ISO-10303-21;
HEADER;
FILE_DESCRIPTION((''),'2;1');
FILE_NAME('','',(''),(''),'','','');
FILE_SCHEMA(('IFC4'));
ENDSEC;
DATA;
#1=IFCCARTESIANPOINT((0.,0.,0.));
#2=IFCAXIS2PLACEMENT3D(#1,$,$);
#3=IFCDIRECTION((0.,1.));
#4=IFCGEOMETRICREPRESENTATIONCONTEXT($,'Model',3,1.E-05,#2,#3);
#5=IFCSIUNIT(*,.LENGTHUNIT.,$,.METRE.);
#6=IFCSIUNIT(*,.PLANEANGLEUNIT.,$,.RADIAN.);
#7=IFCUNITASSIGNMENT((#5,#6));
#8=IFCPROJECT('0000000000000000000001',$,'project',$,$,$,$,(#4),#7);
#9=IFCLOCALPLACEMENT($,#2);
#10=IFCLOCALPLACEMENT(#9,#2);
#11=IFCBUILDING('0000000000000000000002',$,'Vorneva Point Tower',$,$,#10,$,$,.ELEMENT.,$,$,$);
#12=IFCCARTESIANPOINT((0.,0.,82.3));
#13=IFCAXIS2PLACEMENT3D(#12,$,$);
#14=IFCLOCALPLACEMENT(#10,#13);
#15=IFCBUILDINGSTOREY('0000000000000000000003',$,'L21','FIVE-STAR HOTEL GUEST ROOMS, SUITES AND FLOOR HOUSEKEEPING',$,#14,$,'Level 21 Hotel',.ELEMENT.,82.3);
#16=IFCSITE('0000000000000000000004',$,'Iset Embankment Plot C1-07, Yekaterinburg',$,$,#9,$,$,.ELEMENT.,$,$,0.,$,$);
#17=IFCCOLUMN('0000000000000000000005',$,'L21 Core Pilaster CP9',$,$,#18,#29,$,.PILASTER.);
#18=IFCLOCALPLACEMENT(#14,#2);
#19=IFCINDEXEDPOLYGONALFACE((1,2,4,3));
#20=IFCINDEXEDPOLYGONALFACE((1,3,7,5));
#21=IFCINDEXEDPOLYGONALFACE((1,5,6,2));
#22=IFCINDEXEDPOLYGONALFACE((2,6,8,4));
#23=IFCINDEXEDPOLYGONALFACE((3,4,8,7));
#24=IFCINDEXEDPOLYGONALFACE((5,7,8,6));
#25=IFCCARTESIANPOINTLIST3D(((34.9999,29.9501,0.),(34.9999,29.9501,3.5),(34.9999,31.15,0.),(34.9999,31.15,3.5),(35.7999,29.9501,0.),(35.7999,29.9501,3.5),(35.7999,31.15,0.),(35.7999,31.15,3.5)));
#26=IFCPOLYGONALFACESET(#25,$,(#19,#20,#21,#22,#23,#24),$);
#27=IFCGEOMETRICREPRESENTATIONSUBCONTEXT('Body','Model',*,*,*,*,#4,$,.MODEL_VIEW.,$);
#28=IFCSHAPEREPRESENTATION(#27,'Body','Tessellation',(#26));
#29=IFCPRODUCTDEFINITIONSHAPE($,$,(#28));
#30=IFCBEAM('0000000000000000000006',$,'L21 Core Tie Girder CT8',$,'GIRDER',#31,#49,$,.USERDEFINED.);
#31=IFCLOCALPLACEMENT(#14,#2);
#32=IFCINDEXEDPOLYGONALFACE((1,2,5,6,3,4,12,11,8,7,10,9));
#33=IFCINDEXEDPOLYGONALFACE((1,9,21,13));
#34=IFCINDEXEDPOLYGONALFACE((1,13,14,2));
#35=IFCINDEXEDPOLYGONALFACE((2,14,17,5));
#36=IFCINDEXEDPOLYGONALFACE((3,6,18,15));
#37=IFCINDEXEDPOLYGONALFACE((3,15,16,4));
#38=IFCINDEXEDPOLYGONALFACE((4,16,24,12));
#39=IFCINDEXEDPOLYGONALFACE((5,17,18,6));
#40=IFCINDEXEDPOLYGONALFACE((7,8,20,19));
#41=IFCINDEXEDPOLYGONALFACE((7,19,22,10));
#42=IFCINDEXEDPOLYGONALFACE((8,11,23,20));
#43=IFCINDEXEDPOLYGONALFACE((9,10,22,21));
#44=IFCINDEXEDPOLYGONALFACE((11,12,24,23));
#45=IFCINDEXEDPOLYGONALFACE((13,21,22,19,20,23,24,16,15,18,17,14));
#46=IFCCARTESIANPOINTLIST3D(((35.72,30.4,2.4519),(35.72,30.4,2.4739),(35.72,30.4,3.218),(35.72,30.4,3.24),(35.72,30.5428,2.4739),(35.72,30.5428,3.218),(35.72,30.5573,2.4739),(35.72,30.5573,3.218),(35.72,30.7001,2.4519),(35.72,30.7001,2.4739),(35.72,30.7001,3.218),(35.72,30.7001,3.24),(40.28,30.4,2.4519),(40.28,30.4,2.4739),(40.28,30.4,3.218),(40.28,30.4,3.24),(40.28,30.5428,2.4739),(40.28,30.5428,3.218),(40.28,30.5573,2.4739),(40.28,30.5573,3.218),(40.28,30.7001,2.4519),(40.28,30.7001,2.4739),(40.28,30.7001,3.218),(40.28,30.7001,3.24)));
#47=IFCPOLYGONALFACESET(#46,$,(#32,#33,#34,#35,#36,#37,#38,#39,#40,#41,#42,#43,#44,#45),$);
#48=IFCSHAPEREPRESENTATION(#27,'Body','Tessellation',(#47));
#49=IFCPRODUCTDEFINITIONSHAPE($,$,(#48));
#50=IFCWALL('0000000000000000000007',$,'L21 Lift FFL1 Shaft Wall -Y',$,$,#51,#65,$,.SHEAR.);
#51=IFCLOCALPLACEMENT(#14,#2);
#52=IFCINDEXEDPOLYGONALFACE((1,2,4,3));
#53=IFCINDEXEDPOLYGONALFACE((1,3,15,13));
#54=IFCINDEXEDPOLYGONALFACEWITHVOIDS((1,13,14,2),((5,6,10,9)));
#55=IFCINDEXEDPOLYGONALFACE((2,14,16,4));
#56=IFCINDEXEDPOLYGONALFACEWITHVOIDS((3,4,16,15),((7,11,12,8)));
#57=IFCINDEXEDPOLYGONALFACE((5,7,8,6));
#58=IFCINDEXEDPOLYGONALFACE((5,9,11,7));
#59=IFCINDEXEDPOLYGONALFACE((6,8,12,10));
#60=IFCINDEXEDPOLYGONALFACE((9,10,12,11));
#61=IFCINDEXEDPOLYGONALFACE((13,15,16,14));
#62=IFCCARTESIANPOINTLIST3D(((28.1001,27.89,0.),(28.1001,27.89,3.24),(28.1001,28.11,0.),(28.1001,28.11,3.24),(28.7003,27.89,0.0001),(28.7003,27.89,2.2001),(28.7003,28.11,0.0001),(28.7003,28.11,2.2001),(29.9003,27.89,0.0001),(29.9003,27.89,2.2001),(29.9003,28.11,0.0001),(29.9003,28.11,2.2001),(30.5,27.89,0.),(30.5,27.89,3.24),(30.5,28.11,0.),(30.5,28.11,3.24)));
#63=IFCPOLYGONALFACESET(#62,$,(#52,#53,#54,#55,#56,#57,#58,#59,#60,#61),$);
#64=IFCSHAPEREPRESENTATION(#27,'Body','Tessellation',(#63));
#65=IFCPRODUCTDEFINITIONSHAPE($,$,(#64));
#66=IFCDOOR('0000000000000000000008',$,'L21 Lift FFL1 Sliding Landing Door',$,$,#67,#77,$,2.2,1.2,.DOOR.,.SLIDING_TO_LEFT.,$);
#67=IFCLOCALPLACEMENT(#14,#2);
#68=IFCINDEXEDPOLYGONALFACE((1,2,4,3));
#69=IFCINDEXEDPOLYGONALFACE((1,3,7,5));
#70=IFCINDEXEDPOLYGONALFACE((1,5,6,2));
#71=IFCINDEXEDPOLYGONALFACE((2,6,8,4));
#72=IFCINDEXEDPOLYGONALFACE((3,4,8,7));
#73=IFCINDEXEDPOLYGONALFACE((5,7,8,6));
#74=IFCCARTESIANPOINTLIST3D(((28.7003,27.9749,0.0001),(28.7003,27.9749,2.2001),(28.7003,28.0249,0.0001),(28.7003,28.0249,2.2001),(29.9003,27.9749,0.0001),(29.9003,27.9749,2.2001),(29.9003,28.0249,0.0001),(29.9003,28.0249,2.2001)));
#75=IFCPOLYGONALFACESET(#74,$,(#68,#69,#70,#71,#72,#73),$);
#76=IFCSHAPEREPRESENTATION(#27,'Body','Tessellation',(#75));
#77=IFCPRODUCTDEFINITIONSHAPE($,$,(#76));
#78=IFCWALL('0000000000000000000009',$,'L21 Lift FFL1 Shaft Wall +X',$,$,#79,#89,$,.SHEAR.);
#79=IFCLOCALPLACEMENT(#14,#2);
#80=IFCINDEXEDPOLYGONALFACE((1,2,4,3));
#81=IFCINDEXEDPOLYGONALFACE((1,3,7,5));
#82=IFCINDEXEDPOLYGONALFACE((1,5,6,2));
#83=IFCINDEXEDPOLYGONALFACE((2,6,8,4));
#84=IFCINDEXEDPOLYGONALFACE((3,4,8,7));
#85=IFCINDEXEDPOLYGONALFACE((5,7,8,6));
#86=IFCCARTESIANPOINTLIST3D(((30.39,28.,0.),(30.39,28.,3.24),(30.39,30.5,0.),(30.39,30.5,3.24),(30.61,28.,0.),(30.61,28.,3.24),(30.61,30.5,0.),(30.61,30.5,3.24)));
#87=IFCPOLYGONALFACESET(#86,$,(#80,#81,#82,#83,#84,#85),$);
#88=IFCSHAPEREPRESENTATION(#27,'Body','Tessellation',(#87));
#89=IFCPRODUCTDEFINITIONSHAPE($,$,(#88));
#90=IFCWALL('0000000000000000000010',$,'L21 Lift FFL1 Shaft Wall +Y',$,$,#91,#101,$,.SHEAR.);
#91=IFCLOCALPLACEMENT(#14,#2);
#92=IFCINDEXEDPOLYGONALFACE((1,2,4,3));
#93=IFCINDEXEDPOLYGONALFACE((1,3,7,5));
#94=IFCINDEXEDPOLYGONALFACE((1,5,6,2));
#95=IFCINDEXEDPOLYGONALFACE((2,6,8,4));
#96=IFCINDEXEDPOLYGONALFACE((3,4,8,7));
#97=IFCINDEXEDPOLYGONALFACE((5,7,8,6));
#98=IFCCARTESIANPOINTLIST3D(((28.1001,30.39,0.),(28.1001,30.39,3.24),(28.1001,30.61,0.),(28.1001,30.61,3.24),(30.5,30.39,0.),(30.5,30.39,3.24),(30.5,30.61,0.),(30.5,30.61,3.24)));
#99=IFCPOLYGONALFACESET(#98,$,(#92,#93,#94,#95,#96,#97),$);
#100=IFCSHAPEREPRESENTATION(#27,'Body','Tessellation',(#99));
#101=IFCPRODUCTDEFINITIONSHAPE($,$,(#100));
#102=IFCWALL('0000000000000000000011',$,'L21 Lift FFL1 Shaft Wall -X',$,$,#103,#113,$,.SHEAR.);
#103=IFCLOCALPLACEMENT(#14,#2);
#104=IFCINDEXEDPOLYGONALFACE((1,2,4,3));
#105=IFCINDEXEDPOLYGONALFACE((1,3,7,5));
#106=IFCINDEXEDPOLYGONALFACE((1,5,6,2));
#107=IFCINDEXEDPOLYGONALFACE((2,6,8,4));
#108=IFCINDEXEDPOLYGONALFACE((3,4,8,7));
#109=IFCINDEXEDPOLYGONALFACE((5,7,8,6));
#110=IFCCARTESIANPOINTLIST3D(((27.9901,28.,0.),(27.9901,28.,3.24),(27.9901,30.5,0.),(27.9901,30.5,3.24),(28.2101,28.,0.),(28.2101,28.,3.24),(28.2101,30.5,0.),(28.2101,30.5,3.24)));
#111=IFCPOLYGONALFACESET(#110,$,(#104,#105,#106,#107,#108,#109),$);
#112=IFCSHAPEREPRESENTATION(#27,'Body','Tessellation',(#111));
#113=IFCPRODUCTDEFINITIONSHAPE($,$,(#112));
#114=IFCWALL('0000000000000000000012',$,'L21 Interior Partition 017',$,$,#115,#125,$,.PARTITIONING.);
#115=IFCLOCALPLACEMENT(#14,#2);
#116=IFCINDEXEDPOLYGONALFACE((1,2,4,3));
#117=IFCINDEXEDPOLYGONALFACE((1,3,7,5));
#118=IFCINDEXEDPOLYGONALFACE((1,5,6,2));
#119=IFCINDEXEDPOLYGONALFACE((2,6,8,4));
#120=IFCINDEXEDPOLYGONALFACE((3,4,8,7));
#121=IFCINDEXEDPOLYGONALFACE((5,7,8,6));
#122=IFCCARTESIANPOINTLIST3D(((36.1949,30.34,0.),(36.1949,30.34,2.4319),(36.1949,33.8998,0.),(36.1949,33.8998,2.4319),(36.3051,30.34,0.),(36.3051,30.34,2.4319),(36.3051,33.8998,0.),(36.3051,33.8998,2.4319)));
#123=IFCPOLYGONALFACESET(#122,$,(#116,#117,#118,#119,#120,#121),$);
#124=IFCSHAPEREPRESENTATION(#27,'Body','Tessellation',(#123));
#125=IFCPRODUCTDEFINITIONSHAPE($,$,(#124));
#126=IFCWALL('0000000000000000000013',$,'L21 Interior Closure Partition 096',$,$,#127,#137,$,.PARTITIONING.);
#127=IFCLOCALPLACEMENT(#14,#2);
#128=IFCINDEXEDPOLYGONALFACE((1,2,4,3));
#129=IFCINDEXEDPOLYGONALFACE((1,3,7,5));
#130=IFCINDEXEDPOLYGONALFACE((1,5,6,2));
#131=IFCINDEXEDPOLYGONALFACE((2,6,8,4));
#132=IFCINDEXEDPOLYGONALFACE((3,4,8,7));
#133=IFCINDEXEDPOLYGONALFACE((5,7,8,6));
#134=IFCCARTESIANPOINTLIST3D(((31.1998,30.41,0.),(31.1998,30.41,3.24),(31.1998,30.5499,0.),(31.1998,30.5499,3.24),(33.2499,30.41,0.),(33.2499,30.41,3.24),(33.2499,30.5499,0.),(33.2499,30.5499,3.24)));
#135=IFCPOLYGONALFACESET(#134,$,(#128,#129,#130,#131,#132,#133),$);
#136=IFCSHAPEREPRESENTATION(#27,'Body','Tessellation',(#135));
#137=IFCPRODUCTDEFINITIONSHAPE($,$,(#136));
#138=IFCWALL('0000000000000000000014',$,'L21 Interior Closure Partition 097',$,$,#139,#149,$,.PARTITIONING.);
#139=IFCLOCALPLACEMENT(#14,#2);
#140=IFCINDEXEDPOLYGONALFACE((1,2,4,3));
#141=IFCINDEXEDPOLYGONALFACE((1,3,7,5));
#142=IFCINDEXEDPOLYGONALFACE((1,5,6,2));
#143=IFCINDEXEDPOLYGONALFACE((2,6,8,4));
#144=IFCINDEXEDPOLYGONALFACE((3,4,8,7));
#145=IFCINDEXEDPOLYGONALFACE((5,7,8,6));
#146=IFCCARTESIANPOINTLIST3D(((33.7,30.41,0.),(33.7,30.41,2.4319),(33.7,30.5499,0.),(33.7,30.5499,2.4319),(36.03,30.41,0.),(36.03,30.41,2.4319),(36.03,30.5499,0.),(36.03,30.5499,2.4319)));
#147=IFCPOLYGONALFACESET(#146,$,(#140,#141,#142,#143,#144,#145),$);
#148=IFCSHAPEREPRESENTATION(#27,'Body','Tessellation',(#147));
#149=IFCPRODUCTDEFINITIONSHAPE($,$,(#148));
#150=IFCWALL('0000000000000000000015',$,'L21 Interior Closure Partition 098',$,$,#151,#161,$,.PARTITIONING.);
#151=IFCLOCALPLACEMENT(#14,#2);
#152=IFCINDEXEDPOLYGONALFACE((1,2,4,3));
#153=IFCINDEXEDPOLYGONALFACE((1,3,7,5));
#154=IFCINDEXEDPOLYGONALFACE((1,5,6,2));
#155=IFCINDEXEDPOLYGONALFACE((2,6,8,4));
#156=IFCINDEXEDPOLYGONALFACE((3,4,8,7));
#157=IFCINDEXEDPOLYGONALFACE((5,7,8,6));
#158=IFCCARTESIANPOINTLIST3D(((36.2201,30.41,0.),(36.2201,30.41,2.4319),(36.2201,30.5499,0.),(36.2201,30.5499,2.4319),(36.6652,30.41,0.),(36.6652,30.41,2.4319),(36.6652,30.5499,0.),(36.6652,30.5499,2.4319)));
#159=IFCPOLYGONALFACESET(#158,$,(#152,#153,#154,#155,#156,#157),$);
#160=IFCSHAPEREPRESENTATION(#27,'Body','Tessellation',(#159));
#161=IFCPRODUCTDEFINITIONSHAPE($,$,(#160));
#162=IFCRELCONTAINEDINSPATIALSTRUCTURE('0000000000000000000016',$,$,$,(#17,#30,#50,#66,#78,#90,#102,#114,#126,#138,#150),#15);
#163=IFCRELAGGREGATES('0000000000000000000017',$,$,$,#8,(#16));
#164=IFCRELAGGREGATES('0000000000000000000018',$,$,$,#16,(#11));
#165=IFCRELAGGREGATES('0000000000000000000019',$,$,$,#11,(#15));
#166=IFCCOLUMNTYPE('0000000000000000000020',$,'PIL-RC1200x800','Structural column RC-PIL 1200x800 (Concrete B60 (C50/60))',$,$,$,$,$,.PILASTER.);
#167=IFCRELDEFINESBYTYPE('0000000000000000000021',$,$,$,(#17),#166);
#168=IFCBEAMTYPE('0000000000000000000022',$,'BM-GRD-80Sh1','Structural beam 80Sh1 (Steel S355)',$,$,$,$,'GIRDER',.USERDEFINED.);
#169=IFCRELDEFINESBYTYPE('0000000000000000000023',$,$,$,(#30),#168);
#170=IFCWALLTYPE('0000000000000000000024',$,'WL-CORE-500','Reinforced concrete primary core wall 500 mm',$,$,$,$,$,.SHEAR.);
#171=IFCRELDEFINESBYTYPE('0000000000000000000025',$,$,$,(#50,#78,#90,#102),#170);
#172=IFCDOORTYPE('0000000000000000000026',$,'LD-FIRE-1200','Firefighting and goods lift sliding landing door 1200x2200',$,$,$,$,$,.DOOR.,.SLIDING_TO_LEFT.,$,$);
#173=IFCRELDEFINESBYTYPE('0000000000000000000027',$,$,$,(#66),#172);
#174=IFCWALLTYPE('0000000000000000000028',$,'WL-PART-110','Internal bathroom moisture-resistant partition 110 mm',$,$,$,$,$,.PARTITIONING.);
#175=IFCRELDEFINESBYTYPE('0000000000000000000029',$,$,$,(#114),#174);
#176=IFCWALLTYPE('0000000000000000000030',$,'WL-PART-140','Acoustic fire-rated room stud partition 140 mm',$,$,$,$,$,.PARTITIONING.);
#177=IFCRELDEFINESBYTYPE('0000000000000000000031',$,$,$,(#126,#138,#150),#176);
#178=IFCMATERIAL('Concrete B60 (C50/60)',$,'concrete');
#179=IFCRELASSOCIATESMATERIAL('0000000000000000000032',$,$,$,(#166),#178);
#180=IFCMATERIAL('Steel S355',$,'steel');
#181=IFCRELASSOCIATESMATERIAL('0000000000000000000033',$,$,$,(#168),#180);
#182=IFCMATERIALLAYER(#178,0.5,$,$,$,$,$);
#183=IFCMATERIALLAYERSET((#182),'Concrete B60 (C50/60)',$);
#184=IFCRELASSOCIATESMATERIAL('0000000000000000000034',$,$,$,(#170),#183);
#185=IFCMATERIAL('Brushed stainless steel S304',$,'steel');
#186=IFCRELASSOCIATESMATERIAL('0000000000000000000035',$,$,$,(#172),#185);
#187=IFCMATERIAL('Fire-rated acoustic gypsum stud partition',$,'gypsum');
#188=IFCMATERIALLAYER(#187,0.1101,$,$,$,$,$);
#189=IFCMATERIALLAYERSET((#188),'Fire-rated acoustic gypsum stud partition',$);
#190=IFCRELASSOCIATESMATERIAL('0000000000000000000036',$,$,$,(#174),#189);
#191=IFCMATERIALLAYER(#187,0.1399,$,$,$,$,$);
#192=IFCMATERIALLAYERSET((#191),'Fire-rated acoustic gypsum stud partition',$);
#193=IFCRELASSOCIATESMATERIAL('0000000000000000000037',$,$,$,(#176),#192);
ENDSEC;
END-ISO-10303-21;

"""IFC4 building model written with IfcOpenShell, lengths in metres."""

from ifc_helpers import new_model, si_unit, direction, frame, frame_2d, origin, origin_2d, place, context, subcontext, project, spatial, rectangle, i_section, extrude, material, layer, layer_set, material_profile, profile_set, type_object, element, fill, save


model = new_model("IFC4")

# Units and contexts
model_context = context("Model", 3, precision=1e-05, world=origin(), true_north=direction((0.0, 1.0)))
body_context = subcontext(model_context, "Body", "Model", "MODEL_VIEW")
ifc_project = project(units=[si_unit("LENGTHUNIT", "METRE"), si_unit("PLANEANGLEUNIT", "RADIAN")], contexts=[model_context])

# Site, building, storey
site_placement = place(None, origin())
site = spatial("IfcSite", under=ifc_project, at=site_placement, Name="Iset Embankment Plot C1-07, Yekaterinburg", CompositionType="ELEMENT", RefElevation=0.0)
building_placement = place(site_placement, origin())
building = spatial("IfcBuilding", under=site, at=building_placement, Name="Vorneva Point Tower", CompositionType="ELEMENT")
storey_placement = place(building_placement, frame((0.0, 0.0, 82.3)))
storey = spatial("IfcBuildingStorey", under=building, at=storey_placement, Name="L21", Description="FIVE-STAR HOTEL GUEST ROOMS, SUITES AND FLOOR HOUSEKEEPING", LongName="Level 21 Hotel", CompositionType="ELEMENT", Elevation=82.3)

# Column
ifc_material_1 = material(Name="Concrete B60 (C50/60)", Category="concrete")
ifc_material_profile_1 = material_profile(ifc_material_1, rectangle(XDim=0.8, YDim=1.2, at=origin_2d()), Name="RC-PIL 1200x800")
ifc_profile_set_1 = profile_set([ifc_material_profile_1], Name="Concrete B60 (C50/60)")
column_type = type_object("IfcColumnType", Name="PIL-RC1200x800", Description="Structural column RC-PIL 1200x800 (Concrete B60 (C50/60))", PredefinedType="PILASTER", material=ifc_profile_set_1)
column_placement = place(storey_placement, frame((35.3999, 30.55, 0.0), z_axis=(0.0, 0.0, 1.0), x_axis=(1.0, 0.0, 0.0)))
element("IfcColumn", 1, at=column_placement, inside=storey, type_object=column_type, Name="L21 Core Pilaster CP9", PredefinedType="PILASTER", context=body_context, shape_type="SweptSolid", body=[
    extrude(rectangle(XDim=0.8, YDim=1.2, at=origin_2d()), origin(), (0.0, 0.0, 1.0), 3.5),
])

# Beam
ifc_material_2 = material(Name="Steel S355", Category="steel")
ifc_material_profile_2 = material_profile(ifc_material_2, i_section(OverallWidth=0.3, OverallDepth=0.7881, WebThickness=0.0144, FlangeThickness=0.022, at=origin_2d()), Name="80Sh1")
ifc_profile_set_2 = profile_set([ifc_material_profile_2], Name="Steel S355")
beam_type = type_object("IfcBeamType", Name="BM-GRD-80Sh1", Description="Structural beam 80Sh1 (Steel S355)", ElementType="GIRDER", PredefinedType="USERDEFINED", material=ifc_profile_set_2)
beam_placement = place(storey_placement, frame((35.72, 30.55, 2.8459), z_axis=(1.0, 0.0, 0.0), x_axis=(0.0, 1.0, 0.0)))
element("IfcBeam", 2, at=beam_placement, inside=storey, type_object=beam_type, Name="L21 Core Tie Girder CT8", ObjectType="GIRDER", PredefinedType="USERDEFINED", context=body_context, shape_type="SweptSolid", body=[
    extrude(i_section(OverallWidth=0.3, OverallDepth=0.7881, WebThickness=0.0144, FlangeThickness=0.022, at=origin_2d()), origin(), (0.0, 0.0, 1.0), 4.5601),
])

# Wall, opening, door
ifc_layer_1 = layer(ifc_material_1, 0.5)
ifc_layer_set_1 = layer_set([ifc_layer_1], Name="Concrete B60 (C50/60)")
wall_type_1 = type_object("IfcWallType", Name="WL-CORE-500", Description="Reinforced concrete primary core wall 500 mm", PredefinedType="SHEAR", material=ifc_layer_set_1)
wall_1_placement = place(storey_placement, frame((28.1001, 28.0, 0.0), z_axis=(0.0, 0.0, 1.0), x_axis=(1.0, 0.0, 0.0)))
wall_1 = element("IfcWall", 3, at=wall_1_placement, inside=storey, type_object=wall_type_1, Name="L21 Lift FFL1 Shaft Wall -Y", PredefinedType="SHEAR", context=body_context, shape_type="SweptSolid", body=[
    extrude(rectangle(XDim=2.3999, YDim=0.22, at=frame_2d((1.2, 0.0))), origin(), (0.0, 0.0, 1.0), 3.24),
])
opening_1_placement = place(wall_1_placement, frame((0.6001, 0.0, 0.0)))
opening_1 = element("IfcOpeningElement", 4, at=opening_1_placement, cuts=wall_1, PredefinedType="OPENING", context=body_context, shape_type="SweptSolid", body=[
    extrude(rectangle(XDim=1.2, YDim=2.2, at=frame_2d((0.6001, 1.1001))), frame((0.0, 0.125, 0.0), z_axis=(0.0, -1.0, 0.0), x_axis=(1.0, 0.0, 0.0)), (0.0, 0.0, 1.0), 0.2498),
])
ifc_material_3 = material(Name="Brushed stainless steel S304", Category="steel")
door_type_1 = type_object("IfcDoorType", Name="LD-FIRE-1200", Description="Firefighting and goods lift sliding landing door 1200x2200", OperationType="SLIDING_TO_LEFT", PredefinedType="DOOR", material=ifc_material_3)
door_1_placement = place(opening_1_placement, origin())
door_1 = element("IfcDoor", 5, at=door_1_placement, inside=storey, type_object=door_type_1, Name="L21 Lift FFL1 Sliding Landing Door", OperationType="SLIDING_TO_LEFT", OverallHeight=2.2, OverallWidth=1.2, PredefinedType="DOOR", context=body_context, shape_type="SweptSolid", body=[
    extrude(rectangle(XDim=1.2, YDim=2.2, at=frame_2d((0.6001, 1.1001))), frame((0.0, 0.0249, 0.0), z_axis=(0.0, -1.0, 0.0), x_axis=(1.0, 0.0, 0.0)), (0.0, 0.0, 1.0), 0.05),
])
fill(opening_1, door_1)

# Walls
wall_2_placement = place(storey_placement, frame((30.5, 28.0, 0.0), z_axis=(0.0, 0.0, 1.0), x_axis=(0.0, 1.0, 0.0)))
element("IfcWall", 6, at=wall_2_placement, inside=storey, type_object=wall_type_1, Name="L21 Lift FFL1 Shaft Wall +X", PredefinedType="SHEAR", context=body_context, shape_type="SweptSolid", body=[
    extrude(rectangle(XDim=2.5, YDim=0.22, at=frame_2d((1.25, 0.0))), origin(), (0.0, 0.0, 1.0), 3.24),
])
wall_3_placement = place(storey_placement, frame((30.5, 30.5, 0.0), z_axis=(0.0, 0.0, 1.0), x_axis=(-1.0, 0.0, 0.0)))
element("IfcWall", 7, at=wall_3_placement, inside=storey, type_object=wall_type_1, Name="L21 Lift FFL1 Shaft Wall +Y", PredefinedType="SHEAR", context=body_context, shape_type="SweptSolid", body=[
    extrude(rectangle(XDim=2.3999, YDim=0.22, at=frame_2d((1.2, 0.0))), origin(), (0.0, 0.0, 1.0), 3.24),
])
wall_4_placement = place(storey_placement, frame((28.1001, 30.5, 0.0), z_axis=(0.0, 0.0, 1.0), x_axis=(0.0, -1.0, 0.0)))
element("IfcWall", 8, at=wall_4_placement, inside=storey, type_object=wall_type_1, Name="L21 Lift FFL1 Shaft Wall -X", PredefinedType="SHEAR", context=body_context, shape_type="SweptSolid", body=[
    extrude(rectangle(XDim=2.5, YDim=0.22, at=frame_2d((1.25, 0.0))), origin(), (0.0, 0.0, 1.0), 3.24),
])
ifc_material_4 = material(Name="Fire-rated acoustic gypsum stud partition", Category="gypsum")
ifc_layer_2 = layer(ifc_material_4, 0.1101)
ifc_layer_set_2 = layer_set([ifc_layer_2], Name="Fire-rated acoustic gypsum stud partition")
wall_type_2 = type_object("IfcWallType", Name="WL-PART-110", Description="Internal bathroom moisture-resistant partition 110 mm", PredefinedType="PARTITIONING", material=ifc_layer_set_2)
wall_5_placement = place(storey_placement, frame((36.25, 30.3401, 0.0), z_axis=(0.0, 0.0, 1.0), x_axis=(0.0, 1.0, 0.0)))
element("IfcWall", 9, at=wall_5_placement, inside=storey, type_object=wall_type_2, Name="L21 Interior Partition 017", PredefinedType="PARTITIONING", context=body_context, shape_type="SweptSolid", body=[
    extrude(rectangle(XDim=3.5598, YDim=0.1101, at=frame_2d((1.7798, 0.0))), origin(), (0.0, 0.0, 1.0), 2.4319),
])
ifc_layer_3 = layer(ifc_material_4, 0.1399)
ifc_layer_set_3 = layer_set([ifc_layer_3], Name="Fire-rated acoustic gypsum stud partition")
wall_type_3 = type_object("IfcWallType", Name="WL-PART-140", Description="Acoustic fire-rated room stud partition 140 mm", PredefinedType="PARTITIONING", material=ifc_layer_set_3)
wall_6_placement = place(storey_placement, frame((31.2, 30.48, 0.0), z_axis=(0.0, 0.0, 1.0), x_axis=(1.0, 0.0, 0.0)))
element("IfcWall", 10, at=wall_6_placement, inside=storey, type_object=wall_type_3, Name="L21 Interior Closure Partition 096", PredefinedType="PARTITIONING", context=body_context, shape_type="SweptSolid", body=[
    extrude(rectangle(XDim=2.05, YDim=0.1399, at=frame_2d((1.0249, 0.0))), origin(), (0.0, 0.0, 1.0), 3.24),
])
wall_7_placement = place(storey_placement, frame((33.7, 30.48, 0.0), z_axis=(0.0, 0.0, 1.0), x_axis=(1.0, 0.0, 0.0)))
element("IfcWall", 11, at=wall_7_placement, inside=storey, type_object=wall_type_3, Name="L21 Interior Closure Partition 097", PredefinedType="PARTITIONING", context=body_context, shape_type="SweptSolid", body=[
    extrude(rectangle(XDim=2.3301, YDim=0.1399, at=frame_2d((1.165, 0.0))), origin(), (0.0, 0.0, 1.0), 2.4319),
])
wall_8_placement = place(storey_placement, frame((36.22, 30.48, 0.0), z_axis=(0.0, 0.0, 1.0), x_axis=(1.0, 0.0, 0.0)))
element("IfcWall", 12, at=wall_8_placement, inside=storey, type_object=wall_type_3, Name="L21 Interior Closure Partition 098", PredefinedType="PARTITIONING", context=body_context, shape_type="SweptSolid", body=[
    extrude(rectangle(XDim=0.4451, YDim=0.1399, at=frame_2d((0.2227, 0.0))), origin(), (0.0, 0.0, 1.0), 2.4319),
])

save(model, "model.ifc")
